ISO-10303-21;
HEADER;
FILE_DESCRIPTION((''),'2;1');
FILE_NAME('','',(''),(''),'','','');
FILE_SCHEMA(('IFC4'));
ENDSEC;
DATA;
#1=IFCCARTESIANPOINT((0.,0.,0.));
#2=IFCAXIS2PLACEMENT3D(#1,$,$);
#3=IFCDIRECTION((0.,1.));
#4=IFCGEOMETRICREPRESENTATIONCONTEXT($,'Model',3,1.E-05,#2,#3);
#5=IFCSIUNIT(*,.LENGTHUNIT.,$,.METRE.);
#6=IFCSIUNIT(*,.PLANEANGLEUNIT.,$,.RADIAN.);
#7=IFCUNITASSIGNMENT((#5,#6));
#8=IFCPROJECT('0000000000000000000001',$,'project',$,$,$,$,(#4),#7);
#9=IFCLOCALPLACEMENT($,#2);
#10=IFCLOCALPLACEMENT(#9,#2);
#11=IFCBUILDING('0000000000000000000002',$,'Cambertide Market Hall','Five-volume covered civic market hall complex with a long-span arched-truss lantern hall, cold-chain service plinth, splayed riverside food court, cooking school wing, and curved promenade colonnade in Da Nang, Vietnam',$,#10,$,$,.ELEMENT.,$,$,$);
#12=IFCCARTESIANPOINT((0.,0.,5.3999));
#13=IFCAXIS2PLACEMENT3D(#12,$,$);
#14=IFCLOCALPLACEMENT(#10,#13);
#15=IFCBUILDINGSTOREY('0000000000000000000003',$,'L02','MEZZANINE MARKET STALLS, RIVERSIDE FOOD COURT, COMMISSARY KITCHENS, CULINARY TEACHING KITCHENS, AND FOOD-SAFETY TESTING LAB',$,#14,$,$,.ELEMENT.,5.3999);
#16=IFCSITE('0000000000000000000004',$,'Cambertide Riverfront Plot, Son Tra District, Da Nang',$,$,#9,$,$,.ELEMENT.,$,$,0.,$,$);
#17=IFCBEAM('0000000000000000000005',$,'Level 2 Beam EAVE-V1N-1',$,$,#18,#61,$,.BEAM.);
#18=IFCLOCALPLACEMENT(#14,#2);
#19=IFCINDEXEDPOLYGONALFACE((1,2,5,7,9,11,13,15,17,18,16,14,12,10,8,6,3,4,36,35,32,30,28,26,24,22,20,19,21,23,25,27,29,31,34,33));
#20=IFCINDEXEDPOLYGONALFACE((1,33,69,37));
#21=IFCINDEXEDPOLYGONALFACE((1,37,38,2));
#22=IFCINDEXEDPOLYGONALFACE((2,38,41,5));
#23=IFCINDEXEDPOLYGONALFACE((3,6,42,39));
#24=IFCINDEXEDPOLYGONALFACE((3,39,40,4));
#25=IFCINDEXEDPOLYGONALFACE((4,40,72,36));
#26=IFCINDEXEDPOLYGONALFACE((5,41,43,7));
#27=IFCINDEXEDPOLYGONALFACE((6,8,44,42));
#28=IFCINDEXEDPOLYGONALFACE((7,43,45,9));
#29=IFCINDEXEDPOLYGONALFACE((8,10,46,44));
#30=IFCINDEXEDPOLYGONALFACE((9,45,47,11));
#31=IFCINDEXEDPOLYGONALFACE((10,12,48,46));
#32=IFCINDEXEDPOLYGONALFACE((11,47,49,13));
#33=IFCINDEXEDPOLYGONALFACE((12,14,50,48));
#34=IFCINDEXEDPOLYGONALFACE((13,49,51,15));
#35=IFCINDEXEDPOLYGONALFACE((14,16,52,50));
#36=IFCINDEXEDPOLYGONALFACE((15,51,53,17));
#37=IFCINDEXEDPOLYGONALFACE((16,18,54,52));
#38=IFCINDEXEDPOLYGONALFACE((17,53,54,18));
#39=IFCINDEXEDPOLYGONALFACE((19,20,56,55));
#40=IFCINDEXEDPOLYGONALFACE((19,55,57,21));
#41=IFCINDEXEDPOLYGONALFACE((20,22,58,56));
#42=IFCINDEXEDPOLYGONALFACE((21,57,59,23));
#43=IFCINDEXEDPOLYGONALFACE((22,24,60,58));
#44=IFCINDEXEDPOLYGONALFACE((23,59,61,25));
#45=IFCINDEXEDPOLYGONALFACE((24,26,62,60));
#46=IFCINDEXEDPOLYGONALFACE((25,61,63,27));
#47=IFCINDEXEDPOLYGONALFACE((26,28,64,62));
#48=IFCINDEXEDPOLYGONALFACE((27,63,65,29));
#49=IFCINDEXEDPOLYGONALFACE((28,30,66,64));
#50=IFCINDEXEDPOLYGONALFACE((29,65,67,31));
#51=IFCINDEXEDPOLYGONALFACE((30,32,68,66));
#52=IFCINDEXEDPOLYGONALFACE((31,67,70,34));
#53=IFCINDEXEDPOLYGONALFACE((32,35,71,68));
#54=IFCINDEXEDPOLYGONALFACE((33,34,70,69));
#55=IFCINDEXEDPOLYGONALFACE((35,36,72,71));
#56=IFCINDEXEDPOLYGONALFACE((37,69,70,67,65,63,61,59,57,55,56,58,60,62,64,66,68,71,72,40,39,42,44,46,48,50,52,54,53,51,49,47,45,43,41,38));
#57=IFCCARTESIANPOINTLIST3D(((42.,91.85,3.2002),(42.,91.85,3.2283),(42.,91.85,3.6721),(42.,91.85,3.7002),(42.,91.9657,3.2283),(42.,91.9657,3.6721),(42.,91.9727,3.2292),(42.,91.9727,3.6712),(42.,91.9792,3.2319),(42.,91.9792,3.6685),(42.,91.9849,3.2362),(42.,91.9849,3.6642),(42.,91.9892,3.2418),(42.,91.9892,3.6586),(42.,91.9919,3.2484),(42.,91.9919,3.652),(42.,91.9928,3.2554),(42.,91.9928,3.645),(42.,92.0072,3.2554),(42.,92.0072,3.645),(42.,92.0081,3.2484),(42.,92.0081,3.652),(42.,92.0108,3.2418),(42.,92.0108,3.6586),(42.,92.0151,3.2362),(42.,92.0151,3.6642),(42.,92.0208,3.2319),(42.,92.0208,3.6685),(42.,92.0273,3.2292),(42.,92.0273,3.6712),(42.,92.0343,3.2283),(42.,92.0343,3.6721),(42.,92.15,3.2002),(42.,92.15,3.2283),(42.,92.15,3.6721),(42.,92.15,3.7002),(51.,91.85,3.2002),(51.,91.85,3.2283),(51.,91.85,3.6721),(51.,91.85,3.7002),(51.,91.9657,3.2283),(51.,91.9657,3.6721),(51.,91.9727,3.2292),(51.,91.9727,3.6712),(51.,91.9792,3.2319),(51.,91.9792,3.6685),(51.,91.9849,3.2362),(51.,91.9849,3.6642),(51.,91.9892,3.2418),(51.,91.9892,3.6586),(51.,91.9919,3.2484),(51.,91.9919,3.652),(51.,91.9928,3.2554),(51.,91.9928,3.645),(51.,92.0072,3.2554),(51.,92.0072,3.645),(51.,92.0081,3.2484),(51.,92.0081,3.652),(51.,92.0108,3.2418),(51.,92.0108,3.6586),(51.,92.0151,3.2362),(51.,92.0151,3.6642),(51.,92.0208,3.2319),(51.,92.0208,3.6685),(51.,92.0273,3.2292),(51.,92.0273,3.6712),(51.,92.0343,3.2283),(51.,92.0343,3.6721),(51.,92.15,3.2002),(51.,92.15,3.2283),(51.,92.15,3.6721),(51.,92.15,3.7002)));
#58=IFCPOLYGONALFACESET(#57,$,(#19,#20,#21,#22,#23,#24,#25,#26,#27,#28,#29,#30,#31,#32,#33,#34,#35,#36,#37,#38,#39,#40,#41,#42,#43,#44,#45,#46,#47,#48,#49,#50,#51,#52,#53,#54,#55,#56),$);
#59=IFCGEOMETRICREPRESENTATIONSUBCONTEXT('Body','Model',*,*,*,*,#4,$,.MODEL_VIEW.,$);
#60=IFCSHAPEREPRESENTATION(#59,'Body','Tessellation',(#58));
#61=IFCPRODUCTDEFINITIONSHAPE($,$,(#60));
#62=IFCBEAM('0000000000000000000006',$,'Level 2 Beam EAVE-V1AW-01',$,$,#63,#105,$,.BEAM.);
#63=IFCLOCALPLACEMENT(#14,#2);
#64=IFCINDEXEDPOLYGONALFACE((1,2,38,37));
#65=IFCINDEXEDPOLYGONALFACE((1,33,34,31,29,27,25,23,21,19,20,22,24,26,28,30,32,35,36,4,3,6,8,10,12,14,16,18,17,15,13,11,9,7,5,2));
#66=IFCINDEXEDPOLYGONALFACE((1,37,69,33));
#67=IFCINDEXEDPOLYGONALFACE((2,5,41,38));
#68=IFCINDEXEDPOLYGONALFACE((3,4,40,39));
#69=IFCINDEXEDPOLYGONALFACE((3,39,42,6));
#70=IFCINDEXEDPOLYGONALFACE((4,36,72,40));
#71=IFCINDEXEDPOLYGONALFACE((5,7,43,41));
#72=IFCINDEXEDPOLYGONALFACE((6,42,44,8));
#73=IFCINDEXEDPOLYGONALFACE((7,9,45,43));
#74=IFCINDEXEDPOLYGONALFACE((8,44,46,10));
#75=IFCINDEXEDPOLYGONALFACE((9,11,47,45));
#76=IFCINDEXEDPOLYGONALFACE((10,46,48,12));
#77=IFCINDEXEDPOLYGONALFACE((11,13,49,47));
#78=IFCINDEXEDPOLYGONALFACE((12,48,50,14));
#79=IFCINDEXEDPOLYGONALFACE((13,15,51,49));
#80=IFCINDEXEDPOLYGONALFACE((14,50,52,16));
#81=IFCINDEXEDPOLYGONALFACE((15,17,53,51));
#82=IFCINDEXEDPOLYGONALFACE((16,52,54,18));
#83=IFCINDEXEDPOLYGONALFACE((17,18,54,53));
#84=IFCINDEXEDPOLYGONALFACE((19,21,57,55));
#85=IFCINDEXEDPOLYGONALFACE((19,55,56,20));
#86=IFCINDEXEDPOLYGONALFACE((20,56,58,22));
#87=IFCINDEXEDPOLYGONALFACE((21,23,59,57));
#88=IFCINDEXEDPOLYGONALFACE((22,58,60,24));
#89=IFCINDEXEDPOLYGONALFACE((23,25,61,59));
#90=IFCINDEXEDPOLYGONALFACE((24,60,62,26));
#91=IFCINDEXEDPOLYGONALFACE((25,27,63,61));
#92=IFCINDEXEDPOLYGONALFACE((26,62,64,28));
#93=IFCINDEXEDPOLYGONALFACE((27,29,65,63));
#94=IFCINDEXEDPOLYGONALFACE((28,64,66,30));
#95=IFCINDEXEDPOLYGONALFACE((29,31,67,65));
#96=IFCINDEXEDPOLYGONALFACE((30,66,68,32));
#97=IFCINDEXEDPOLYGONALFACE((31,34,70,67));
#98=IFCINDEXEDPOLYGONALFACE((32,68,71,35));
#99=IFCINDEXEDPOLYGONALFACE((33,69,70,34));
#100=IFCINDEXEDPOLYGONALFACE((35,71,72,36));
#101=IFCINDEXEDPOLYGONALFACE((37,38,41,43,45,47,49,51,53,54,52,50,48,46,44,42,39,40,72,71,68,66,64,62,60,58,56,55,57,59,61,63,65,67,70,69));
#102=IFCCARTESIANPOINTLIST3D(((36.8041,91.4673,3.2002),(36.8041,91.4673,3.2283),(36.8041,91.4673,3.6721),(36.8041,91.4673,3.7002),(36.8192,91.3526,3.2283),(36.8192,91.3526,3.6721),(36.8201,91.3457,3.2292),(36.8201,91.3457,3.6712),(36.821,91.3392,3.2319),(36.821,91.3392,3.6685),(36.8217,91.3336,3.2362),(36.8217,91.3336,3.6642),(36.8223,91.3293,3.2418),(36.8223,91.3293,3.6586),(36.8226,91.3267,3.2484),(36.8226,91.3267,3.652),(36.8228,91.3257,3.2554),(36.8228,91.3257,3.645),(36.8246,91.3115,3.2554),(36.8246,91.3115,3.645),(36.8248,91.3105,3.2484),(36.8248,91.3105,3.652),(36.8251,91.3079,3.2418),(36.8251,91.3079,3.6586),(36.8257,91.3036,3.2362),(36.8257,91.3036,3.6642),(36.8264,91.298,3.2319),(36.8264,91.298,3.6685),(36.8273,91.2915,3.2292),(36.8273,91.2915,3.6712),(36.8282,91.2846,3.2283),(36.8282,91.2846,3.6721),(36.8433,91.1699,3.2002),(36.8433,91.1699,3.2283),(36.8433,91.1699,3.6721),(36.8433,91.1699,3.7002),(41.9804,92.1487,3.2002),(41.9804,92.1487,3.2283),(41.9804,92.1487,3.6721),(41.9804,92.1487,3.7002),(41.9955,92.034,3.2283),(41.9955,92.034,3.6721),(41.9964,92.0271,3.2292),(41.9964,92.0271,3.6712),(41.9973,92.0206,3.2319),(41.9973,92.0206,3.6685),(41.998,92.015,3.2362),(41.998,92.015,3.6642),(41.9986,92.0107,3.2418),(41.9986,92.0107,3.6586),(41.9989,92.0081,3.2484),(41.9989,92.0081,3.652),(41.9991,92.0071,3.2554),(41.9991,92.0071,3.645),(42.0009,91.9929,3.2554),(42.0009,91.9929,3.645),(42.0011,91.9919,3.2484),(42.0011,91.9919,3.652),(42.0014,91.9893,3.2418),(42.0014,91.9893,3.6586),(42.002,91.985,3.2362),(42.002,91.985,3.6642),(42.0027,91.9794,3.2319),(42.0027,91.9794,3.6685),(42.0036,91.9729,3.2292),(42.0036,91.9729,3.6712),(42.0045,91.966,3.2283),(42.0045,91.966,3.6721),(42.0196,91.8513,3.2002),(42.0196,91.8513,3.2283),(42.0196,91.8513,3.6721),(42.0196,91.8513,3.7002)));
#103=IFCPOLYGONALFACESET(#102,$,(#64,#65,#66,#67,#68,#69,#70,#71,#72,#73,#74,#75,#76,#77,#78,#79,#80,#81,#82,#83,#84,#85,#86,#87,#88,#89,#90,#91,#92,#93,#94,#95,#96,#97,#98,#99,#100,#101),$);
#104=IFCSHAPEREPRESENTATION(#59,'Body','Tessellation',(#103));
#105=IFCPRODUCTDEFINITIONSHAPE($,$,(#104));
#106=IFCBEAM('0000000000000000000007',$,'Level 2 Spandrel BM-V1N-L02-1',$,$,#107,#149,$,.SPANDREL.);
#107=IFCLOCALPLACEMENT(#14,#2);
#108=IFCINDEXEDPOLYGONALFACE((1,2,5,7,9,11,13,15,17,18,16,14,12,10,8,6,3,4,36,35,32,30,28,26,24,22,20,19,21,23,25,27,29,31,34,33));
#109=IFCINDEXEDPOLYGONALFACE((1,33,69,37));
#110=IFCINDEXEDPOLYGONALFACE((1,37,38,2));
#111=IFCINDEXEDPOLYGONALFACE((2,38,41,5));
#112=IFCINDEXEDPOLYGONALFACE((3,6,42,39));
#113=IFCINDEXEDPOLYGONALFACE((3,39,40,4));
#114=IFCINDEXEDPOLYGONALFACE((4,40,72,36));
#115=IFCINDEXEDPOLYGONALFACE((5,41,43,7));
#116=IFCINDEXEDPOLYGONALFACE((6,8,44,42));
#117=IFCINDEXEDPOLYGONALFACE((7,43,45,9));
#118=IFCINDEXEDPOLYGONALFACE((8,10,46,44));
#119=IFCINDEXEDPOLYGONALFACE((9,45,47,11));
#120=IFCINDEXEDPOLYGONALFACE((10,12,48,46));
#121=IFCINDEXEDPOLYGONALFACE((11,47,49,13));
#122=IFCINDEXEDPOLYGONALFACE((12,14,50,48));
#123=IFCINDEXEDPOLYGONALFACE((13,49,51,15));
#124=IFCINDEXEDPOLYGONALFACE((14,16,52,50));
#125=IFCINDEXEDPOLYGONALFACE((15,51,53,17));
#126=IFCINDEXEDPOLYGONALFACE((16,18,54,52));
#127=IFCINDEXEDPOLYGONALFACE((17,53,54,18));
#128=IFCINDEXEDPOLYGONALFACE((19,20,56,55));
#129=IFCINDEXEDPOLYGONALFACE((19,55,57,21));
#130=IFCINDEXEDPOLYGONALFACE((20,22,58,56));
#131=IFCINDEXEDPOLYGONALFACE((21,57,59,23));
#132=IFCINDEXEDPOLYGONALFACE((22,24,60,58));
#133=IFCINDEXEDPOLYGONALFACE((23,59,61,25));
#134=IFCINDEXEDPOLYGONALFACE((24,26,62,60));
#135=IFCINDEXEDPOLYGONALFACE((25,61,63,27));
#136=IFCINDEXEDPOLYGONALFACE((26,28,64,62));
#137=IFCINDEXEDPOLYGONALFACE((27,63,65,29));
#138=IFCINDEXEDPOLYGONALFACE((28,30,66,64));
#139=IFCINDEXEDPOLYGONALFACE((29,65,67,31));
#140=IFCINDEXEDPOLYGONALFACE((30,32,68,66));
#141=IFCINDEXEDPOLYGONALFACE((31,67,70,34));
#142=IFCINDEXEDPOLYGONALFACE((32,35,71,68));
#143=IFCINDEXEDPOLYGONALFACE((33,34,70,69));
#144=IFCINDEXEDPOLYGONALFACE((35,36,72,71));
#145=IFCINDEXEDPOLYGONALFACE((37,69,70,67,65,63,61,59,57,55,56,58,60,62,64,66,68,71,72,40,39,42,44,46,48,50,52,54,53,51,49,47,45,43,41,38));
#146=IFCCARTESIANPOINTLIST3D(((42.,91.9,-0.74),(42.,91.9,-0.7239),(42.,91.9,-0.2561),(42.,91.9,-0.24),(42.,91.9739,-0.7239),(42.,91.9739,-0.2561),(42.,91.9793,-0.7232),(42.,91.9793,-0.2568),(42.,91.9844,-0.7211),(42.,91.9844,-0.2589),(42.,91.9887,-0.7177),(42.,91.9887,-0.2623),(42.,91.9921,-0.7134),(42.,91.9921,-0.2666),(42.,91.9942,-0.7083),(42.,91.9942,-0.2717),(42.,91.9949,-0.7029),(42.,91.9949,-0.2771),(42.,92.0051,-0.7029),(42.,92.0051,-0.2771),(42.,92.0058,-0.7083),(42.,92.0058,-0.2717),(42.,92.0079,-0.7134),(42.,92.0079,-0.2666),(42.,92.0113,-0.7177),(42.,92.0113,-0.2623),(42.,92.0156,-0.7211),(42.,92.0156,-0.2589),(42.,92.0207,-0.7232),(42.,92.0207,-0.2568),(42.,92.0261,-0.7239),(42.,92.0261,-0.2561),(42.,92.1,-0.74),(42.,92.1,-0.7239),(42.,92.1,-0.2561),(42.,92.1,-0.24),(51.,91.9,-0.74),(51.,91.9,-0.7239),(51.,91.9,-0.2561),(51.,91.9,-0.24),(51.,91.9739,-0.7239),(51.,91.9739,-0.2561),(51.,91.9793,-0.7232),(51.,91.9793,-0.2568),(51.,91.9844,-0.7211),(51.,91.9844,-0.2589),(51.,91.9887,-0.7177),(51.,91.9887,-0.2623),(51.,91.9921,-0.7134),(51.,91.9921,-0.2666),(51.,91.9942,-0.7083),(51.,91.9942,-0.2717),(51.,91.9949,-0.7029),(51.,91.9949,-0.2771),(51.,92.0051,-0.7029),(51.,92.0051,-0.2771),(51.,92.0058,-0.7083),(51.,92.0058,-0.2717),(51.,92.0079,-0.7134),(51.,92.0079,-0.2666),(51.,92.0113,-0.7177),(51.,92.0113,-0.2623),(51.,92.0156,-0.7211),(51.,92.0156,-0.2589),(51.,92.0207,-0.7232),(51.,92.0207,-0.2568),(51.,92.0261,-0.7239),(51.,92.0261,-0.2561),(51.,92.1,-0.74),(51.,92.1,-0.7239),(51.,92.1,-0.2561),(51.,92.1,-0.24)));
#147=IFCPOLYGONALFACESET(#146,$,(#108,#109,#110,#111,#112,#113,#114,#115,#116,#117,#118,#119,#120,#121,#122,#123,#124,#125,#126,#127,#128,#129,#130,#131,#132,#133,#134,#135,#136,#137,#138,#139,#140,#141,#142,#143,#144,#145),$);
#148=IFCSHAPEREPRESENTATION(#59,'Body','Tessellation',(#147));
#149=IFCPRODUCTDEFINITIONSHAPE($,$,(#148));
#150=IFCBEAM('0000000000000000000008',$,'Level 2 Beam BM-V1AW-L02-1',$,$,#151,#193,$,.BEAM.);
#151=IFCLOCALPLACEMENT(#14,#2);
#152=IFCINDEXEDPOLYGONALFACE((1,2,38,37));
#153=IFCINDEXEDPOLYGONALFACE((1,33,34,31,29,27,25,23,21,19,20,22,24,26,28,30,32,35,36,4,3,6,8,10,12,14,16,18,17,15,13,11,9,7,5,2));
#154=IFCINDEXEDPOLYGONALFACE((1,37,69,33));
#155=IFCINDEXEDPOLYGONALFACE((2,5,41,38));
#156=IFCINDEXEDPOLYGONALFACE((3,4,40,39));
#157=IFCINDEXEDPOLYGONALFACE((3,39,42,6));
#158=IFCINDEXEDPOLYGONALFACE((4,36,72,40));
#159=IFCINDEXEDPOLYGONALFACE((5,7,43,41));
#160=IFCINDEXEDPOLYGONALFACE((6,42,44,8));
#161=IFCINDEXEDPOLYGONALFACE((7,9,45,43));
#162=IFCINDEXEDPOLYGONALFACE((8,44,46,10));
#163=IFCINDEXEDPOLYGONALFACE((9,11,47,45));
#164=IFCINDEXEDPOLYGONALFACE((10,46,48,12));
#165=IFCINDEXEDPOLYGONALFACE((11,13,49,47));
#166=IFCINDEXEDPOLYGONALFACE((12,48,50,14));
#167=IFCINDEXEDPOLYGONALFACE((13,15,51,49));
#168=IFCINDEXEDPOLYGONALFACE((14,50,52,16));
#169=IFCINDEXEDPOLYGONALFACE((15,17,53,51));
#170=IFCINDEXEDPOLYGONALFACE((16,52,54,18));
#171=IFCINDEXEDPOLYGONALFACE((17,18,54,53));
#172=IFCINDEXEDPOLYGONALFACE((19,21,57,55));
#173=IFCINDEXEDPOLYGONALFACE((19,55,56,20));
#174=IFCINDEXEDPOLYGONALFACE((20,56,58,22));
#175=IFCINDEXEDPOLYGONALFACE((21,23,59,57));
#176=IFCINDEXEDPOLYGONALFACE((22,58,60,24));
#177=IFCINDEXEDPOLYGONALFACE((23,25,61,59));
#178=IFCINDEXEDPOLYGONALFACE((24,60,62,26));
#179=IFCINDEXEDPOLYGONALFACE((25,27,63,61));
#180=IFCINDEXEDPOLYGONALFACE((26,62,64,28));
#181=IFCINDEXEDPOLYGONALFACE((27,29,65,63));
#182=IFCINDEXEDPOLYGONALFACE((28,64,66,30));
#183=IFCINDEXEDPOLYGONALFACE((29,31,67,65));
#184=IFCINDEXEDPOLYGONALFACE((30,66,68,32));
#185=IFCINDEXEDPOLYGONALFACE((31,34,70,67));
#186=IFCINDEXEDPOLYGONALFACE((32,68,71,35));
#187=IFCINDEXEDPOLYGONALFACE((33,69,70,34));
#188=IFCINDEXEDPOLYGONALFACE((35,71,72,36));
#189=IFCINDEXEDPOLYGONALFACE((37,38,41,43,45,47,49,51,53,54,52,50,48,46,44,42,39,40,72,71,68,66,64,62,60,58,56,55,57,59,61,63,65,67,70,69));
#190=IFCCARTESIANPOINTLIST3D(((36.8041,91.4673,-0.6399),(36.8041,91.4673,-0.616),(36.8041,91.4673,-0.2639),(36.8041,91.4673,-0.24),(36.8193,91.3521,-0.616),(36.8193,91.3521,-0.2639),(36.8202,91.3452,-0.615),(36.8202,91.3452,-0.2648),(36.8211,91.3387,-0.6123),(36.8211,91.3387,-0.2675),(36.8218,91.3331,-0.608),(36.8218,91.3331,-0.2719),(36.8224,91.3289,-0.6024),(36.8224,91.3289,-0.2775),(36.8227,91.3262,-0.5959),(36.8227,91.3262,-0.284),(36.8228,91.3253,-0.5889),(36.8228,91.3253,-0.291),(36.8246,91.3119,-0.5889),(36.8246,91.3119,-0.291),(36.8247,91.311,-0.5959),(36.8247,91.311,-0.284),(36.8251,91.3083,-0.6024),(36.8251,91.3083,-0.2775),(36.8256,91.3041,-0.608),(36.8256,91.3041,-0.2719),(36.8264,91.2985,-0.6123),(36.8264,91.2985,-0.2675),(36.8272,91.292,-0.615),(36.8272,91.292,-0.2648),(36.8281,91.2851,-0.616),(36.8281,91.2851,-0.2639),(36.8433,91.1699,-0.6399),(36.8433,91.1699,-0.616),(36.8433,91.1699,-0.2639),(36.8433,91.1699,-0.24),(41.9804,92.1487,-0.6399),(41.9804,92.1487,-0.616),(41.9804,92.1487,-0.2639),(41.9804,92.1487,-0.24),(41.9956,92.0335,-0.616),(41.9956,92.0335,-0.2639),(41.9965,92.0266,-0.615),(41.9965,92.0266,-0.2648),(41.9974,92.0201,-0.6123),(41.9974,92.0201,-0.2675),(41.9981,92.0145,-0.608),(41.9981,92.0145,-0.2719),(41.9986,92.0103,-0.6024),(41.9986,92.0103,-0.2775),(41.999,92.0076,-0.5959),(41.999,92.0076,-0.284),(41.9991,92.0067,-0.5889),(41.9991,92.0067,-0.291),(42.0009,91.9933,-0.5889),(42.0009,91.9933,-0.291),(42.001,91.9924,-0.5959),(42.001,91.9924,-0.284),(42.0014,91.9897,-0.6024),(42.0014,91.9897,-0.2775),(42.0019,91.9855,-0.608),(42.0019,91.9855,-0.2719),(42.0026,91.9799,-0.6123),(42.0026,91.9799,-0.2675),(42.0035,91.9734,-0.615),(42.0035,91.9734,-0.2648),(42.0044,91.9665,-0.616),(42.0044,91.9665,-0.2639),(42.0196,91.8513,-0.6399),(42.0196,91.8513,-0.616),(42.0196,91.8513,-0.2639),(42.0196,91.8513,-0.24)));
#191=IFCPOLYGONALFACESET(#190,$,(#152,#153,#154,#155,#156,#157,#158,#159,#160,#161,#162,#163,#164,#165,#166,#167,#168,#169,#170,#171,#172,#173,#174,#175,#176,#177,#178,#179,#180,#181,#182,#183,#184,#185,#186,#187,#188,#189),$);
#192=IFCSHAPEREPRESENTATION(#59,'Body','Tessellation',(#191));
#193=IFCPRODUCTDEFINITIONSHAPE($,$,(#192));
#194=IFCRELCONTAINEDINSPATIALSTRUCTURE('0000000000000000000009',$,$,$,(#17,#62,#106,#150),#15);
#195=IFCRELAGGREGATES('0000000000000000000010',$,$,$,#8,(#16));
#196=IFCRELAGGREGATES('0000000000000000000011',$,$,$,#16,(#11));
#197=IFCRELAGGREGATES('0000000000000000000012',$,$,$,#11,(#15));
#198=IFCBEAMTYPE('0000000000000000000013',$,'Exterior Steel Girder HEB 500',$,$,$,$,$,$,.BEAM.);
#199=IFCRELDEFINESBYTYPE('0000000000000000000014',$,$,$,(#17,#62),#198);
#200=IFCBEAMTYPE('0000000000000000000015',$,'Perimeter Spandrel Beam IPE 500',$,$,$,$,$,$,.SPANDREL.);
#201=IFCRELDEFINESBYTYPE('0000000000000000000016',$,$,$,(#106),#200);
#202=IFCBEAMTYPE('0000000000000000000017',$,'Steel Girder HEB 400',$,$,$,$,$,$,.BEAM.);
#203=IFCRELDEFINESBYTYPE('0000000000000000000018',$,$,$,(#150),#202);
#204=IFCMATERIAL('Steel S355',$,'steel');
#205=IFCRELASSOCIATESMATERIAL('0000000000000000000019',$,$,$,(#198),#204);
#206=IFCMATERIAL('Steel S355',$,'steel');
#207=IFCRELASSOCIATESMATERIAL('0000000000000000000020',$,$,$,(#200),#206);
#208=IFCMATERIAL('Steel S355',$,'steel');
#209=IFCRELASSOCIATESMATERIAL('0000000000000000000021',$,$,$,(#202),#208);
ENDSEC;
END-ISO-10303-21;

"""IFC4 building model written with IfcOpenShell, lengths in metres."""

from ifc_helpers import new_model, si_unit, direction, frame, origin, origin_2d, place, context, subcontext, project, spatial, i_section, extrude, material, material_profile, profile_set, type_object, element, save


model = new_model("IFC4")

# Units and contexts
model_context = context("Model", 3, precision=1e-05, world=origin(), true_north=direction((0.0, 1.0)))
body_context = subcontext(model_context, "Body", "Model", "MODEL_VIEW")
ifc_project = project(units=[si_unit("LENGTHUNIT", "METRE"), si_unit("PLANEANGLEUNIT", "RADIAN")], contexts=[model_context])

# Site, building, storey
site_placement = place(None, origin())
site = spatial("IfcSite", under=ifc_project, at=site_placement, Name="Cambertide Riverfront Plot, Son Tra District, Da Nang", CompositionType="ELEMENT", RefElevation=0.0)
building_placement = place(site_placement, origin())
building = spatial("IfcBuilding", under=site, at=building_placement, Name="Cambertide Market Hall", Description="Five-volume covered civic market hall complex with a long-span arched-truss lantern hall, cold-chain service plinth, splayed riverside food court, cooking school wing, and curved promenade colonnade in Da Nang, Vietnam", CompositionType="ELEMENT")
storey_placement = place(building_placement, frame((0.0, 0.0, 5.3999)))
storey = spatial("IfcBuildingStorey", under=building, at=storey_placement, Name="L02", Description="MEZZANINE MARKET STALLS, RIVERSIDE FOOD COURT, COMMISSARY KITCHENS, CULINARY TEACHING KITCHENS, AND FOOD-SAFETY TESTING LAB", CompositionType="ELEMENT", Elevation=5.3999)

# Beams
ifc_material_1 = material(Name="Steel S355", Category="steel")
ifc_material_profile_1 = material_profile(ifc_material_1, i_section(OverallWidth=0.3, OverallDepth=0.5, WebThickness=0.0144, FlangeThickness=0.0281, FilletRadius=0.0271, at=origin_2d()), Name="HEB 500")
ifc_profile_set_1 = profile_set([ifc_material_profile_1], Name="Steel S355")
beam_type_1 = type_object("IfcBeamType", Name="Exterior Steel Girder HEB 500", PredefinedType="BEAM", material=ifc_profile_set_1)
beam_1_placement = place(storey_placement, frame((42.0, 92.0, 3.4502), z_axis=(1.0, 0.0, 0.0), x_axis=(0.0, 1.0, 0.0)))
element("IfcBeam", 1, at=beam_1_placement, inside=storey, type_object=beam_type_1, Name="Level 2 Beam EAVE-V1N-1", PredefinedType="BEAM", context=body_context, shape_type="SweptSolid", body=[
    extrude(i_section(OverallWidth=0.3, OverallDepth=0.5, WebThickness=0.0144, FlangeThickness=0.0281, FilletRadius=0.0271, at=origin_2d()), origin(), (0.0, 0.0, 1.0), 9.0),
])
beam_2_placement = place(storey_placement, frame((42.0, 92.0, 3.4502), z_axis=(-0.991447, -0.130513, 0.0), x_axis=(0.130513, -0.991447, 0.0)))
element("IfcBeam", 2, at=beam_2_placement, inside=storey, type_object=beam_type_1, Name="Level 2 Beam EAVE-V1AW-01", PredefinedType="BEAM", context=body_context, shape_type="SweptSolid", body=[
    extrude(i_section(OverallWidth=0.3, OverallDepth=0.5, WebThickness=0.0144, FlangeThickness=0.0281, FilletRadius=0.0271, at=origin_2d()), origin(), (0.0, 0.0, 1.0), 5.2209),
])
ifc_material_2 = material(Name="Steel S355", Category="steel")
ifc_material_profile_2 = material_profile(ifc_material_2, i_section(OverallWidth=0.2, OverallDepth=0.5, WebThickness=0.0103, FlangeThickness=0.0161, FilletRadius=0.021, at=origin_2d()), Name="IPE 500")
ifc_profile_set_2 = profile_set([ifc_material_profile_2], Name="Steel S355")
beam_type_2 = type_object("IfcBeamType", Name="Perimeter Spandrel Beam IPE 500", PredefinedType="SPANDREL", material=ifc_profile_set_2)
beam_3_placement = place(storey_placement, frame((42.0, 92.0, -0.49), z_axis=(1.0, 0.0, 0.0), x_axis=(0.0, 1.0, 0.0)))
element("IfcBeam", 3, at=beam_3_placement, inside=storey, type_object=beam_type_2, Name="Level 2 Spandrel BM-V1N-L02-1", PredefinedType="SPANDREL", context=body_context, shape_type="SweptSolid", body=[
    extrude(i_section(OverallWidth=0.2, OverallDepth=0.5, WebThickness=0.0103, FlangeThickness=0.0161, FilletRadius=0.021, at=origin_2d()), origin(), (0.0, 0.0, 1.0), 9.0),
])
ifc_material_3 = material(Name="Steel S355", Category="steel")
ifc_material_profile_3 = material_profile(ifc_material_3, i_section(OverallWidth=0.3, OverallDepth=0.3999, WebThickness=0.0134, FlangeThickness=0.0239, FilletRadius=0.0271, at=origin_2d()), Name="HEB 400")
ifc_profile_set_3 = profile_set([ifc_material_profile_3], Name="Steel S355")
beam_type_3 = type_object("IfcBeamType", Name="Steel Girder HEB 400", PredefinedType="BEAM", material=ifc_profile_set_3)
beam_4_placement = place(storey_placement, frame((42.0, 92.0, -0.4399), z_axis=(-0.991447, -0.130513, 0.0), x_axis=(0.130513, -0.991447, 0.0)))
element("IfcBeam", 4, at=beam_4_placement, inside=storey, type_object=beam_type_3, Name="Level 2 Beam BM-V1AW-L02-1", PredefinedType="BEAM", context=body_context, shape_type="SweptSolid", body=[
    extrude(i_section(OverallWidth=0.3, OverallDepth=0.3999, WebThickness=0.0134, FlangeThickness=0.0239, FilletRadius=0.0271, at=origin_2d()), origin(), (0.0, 0.0, 1.0), 5.2209),
])

save(model, "model.ifc")
